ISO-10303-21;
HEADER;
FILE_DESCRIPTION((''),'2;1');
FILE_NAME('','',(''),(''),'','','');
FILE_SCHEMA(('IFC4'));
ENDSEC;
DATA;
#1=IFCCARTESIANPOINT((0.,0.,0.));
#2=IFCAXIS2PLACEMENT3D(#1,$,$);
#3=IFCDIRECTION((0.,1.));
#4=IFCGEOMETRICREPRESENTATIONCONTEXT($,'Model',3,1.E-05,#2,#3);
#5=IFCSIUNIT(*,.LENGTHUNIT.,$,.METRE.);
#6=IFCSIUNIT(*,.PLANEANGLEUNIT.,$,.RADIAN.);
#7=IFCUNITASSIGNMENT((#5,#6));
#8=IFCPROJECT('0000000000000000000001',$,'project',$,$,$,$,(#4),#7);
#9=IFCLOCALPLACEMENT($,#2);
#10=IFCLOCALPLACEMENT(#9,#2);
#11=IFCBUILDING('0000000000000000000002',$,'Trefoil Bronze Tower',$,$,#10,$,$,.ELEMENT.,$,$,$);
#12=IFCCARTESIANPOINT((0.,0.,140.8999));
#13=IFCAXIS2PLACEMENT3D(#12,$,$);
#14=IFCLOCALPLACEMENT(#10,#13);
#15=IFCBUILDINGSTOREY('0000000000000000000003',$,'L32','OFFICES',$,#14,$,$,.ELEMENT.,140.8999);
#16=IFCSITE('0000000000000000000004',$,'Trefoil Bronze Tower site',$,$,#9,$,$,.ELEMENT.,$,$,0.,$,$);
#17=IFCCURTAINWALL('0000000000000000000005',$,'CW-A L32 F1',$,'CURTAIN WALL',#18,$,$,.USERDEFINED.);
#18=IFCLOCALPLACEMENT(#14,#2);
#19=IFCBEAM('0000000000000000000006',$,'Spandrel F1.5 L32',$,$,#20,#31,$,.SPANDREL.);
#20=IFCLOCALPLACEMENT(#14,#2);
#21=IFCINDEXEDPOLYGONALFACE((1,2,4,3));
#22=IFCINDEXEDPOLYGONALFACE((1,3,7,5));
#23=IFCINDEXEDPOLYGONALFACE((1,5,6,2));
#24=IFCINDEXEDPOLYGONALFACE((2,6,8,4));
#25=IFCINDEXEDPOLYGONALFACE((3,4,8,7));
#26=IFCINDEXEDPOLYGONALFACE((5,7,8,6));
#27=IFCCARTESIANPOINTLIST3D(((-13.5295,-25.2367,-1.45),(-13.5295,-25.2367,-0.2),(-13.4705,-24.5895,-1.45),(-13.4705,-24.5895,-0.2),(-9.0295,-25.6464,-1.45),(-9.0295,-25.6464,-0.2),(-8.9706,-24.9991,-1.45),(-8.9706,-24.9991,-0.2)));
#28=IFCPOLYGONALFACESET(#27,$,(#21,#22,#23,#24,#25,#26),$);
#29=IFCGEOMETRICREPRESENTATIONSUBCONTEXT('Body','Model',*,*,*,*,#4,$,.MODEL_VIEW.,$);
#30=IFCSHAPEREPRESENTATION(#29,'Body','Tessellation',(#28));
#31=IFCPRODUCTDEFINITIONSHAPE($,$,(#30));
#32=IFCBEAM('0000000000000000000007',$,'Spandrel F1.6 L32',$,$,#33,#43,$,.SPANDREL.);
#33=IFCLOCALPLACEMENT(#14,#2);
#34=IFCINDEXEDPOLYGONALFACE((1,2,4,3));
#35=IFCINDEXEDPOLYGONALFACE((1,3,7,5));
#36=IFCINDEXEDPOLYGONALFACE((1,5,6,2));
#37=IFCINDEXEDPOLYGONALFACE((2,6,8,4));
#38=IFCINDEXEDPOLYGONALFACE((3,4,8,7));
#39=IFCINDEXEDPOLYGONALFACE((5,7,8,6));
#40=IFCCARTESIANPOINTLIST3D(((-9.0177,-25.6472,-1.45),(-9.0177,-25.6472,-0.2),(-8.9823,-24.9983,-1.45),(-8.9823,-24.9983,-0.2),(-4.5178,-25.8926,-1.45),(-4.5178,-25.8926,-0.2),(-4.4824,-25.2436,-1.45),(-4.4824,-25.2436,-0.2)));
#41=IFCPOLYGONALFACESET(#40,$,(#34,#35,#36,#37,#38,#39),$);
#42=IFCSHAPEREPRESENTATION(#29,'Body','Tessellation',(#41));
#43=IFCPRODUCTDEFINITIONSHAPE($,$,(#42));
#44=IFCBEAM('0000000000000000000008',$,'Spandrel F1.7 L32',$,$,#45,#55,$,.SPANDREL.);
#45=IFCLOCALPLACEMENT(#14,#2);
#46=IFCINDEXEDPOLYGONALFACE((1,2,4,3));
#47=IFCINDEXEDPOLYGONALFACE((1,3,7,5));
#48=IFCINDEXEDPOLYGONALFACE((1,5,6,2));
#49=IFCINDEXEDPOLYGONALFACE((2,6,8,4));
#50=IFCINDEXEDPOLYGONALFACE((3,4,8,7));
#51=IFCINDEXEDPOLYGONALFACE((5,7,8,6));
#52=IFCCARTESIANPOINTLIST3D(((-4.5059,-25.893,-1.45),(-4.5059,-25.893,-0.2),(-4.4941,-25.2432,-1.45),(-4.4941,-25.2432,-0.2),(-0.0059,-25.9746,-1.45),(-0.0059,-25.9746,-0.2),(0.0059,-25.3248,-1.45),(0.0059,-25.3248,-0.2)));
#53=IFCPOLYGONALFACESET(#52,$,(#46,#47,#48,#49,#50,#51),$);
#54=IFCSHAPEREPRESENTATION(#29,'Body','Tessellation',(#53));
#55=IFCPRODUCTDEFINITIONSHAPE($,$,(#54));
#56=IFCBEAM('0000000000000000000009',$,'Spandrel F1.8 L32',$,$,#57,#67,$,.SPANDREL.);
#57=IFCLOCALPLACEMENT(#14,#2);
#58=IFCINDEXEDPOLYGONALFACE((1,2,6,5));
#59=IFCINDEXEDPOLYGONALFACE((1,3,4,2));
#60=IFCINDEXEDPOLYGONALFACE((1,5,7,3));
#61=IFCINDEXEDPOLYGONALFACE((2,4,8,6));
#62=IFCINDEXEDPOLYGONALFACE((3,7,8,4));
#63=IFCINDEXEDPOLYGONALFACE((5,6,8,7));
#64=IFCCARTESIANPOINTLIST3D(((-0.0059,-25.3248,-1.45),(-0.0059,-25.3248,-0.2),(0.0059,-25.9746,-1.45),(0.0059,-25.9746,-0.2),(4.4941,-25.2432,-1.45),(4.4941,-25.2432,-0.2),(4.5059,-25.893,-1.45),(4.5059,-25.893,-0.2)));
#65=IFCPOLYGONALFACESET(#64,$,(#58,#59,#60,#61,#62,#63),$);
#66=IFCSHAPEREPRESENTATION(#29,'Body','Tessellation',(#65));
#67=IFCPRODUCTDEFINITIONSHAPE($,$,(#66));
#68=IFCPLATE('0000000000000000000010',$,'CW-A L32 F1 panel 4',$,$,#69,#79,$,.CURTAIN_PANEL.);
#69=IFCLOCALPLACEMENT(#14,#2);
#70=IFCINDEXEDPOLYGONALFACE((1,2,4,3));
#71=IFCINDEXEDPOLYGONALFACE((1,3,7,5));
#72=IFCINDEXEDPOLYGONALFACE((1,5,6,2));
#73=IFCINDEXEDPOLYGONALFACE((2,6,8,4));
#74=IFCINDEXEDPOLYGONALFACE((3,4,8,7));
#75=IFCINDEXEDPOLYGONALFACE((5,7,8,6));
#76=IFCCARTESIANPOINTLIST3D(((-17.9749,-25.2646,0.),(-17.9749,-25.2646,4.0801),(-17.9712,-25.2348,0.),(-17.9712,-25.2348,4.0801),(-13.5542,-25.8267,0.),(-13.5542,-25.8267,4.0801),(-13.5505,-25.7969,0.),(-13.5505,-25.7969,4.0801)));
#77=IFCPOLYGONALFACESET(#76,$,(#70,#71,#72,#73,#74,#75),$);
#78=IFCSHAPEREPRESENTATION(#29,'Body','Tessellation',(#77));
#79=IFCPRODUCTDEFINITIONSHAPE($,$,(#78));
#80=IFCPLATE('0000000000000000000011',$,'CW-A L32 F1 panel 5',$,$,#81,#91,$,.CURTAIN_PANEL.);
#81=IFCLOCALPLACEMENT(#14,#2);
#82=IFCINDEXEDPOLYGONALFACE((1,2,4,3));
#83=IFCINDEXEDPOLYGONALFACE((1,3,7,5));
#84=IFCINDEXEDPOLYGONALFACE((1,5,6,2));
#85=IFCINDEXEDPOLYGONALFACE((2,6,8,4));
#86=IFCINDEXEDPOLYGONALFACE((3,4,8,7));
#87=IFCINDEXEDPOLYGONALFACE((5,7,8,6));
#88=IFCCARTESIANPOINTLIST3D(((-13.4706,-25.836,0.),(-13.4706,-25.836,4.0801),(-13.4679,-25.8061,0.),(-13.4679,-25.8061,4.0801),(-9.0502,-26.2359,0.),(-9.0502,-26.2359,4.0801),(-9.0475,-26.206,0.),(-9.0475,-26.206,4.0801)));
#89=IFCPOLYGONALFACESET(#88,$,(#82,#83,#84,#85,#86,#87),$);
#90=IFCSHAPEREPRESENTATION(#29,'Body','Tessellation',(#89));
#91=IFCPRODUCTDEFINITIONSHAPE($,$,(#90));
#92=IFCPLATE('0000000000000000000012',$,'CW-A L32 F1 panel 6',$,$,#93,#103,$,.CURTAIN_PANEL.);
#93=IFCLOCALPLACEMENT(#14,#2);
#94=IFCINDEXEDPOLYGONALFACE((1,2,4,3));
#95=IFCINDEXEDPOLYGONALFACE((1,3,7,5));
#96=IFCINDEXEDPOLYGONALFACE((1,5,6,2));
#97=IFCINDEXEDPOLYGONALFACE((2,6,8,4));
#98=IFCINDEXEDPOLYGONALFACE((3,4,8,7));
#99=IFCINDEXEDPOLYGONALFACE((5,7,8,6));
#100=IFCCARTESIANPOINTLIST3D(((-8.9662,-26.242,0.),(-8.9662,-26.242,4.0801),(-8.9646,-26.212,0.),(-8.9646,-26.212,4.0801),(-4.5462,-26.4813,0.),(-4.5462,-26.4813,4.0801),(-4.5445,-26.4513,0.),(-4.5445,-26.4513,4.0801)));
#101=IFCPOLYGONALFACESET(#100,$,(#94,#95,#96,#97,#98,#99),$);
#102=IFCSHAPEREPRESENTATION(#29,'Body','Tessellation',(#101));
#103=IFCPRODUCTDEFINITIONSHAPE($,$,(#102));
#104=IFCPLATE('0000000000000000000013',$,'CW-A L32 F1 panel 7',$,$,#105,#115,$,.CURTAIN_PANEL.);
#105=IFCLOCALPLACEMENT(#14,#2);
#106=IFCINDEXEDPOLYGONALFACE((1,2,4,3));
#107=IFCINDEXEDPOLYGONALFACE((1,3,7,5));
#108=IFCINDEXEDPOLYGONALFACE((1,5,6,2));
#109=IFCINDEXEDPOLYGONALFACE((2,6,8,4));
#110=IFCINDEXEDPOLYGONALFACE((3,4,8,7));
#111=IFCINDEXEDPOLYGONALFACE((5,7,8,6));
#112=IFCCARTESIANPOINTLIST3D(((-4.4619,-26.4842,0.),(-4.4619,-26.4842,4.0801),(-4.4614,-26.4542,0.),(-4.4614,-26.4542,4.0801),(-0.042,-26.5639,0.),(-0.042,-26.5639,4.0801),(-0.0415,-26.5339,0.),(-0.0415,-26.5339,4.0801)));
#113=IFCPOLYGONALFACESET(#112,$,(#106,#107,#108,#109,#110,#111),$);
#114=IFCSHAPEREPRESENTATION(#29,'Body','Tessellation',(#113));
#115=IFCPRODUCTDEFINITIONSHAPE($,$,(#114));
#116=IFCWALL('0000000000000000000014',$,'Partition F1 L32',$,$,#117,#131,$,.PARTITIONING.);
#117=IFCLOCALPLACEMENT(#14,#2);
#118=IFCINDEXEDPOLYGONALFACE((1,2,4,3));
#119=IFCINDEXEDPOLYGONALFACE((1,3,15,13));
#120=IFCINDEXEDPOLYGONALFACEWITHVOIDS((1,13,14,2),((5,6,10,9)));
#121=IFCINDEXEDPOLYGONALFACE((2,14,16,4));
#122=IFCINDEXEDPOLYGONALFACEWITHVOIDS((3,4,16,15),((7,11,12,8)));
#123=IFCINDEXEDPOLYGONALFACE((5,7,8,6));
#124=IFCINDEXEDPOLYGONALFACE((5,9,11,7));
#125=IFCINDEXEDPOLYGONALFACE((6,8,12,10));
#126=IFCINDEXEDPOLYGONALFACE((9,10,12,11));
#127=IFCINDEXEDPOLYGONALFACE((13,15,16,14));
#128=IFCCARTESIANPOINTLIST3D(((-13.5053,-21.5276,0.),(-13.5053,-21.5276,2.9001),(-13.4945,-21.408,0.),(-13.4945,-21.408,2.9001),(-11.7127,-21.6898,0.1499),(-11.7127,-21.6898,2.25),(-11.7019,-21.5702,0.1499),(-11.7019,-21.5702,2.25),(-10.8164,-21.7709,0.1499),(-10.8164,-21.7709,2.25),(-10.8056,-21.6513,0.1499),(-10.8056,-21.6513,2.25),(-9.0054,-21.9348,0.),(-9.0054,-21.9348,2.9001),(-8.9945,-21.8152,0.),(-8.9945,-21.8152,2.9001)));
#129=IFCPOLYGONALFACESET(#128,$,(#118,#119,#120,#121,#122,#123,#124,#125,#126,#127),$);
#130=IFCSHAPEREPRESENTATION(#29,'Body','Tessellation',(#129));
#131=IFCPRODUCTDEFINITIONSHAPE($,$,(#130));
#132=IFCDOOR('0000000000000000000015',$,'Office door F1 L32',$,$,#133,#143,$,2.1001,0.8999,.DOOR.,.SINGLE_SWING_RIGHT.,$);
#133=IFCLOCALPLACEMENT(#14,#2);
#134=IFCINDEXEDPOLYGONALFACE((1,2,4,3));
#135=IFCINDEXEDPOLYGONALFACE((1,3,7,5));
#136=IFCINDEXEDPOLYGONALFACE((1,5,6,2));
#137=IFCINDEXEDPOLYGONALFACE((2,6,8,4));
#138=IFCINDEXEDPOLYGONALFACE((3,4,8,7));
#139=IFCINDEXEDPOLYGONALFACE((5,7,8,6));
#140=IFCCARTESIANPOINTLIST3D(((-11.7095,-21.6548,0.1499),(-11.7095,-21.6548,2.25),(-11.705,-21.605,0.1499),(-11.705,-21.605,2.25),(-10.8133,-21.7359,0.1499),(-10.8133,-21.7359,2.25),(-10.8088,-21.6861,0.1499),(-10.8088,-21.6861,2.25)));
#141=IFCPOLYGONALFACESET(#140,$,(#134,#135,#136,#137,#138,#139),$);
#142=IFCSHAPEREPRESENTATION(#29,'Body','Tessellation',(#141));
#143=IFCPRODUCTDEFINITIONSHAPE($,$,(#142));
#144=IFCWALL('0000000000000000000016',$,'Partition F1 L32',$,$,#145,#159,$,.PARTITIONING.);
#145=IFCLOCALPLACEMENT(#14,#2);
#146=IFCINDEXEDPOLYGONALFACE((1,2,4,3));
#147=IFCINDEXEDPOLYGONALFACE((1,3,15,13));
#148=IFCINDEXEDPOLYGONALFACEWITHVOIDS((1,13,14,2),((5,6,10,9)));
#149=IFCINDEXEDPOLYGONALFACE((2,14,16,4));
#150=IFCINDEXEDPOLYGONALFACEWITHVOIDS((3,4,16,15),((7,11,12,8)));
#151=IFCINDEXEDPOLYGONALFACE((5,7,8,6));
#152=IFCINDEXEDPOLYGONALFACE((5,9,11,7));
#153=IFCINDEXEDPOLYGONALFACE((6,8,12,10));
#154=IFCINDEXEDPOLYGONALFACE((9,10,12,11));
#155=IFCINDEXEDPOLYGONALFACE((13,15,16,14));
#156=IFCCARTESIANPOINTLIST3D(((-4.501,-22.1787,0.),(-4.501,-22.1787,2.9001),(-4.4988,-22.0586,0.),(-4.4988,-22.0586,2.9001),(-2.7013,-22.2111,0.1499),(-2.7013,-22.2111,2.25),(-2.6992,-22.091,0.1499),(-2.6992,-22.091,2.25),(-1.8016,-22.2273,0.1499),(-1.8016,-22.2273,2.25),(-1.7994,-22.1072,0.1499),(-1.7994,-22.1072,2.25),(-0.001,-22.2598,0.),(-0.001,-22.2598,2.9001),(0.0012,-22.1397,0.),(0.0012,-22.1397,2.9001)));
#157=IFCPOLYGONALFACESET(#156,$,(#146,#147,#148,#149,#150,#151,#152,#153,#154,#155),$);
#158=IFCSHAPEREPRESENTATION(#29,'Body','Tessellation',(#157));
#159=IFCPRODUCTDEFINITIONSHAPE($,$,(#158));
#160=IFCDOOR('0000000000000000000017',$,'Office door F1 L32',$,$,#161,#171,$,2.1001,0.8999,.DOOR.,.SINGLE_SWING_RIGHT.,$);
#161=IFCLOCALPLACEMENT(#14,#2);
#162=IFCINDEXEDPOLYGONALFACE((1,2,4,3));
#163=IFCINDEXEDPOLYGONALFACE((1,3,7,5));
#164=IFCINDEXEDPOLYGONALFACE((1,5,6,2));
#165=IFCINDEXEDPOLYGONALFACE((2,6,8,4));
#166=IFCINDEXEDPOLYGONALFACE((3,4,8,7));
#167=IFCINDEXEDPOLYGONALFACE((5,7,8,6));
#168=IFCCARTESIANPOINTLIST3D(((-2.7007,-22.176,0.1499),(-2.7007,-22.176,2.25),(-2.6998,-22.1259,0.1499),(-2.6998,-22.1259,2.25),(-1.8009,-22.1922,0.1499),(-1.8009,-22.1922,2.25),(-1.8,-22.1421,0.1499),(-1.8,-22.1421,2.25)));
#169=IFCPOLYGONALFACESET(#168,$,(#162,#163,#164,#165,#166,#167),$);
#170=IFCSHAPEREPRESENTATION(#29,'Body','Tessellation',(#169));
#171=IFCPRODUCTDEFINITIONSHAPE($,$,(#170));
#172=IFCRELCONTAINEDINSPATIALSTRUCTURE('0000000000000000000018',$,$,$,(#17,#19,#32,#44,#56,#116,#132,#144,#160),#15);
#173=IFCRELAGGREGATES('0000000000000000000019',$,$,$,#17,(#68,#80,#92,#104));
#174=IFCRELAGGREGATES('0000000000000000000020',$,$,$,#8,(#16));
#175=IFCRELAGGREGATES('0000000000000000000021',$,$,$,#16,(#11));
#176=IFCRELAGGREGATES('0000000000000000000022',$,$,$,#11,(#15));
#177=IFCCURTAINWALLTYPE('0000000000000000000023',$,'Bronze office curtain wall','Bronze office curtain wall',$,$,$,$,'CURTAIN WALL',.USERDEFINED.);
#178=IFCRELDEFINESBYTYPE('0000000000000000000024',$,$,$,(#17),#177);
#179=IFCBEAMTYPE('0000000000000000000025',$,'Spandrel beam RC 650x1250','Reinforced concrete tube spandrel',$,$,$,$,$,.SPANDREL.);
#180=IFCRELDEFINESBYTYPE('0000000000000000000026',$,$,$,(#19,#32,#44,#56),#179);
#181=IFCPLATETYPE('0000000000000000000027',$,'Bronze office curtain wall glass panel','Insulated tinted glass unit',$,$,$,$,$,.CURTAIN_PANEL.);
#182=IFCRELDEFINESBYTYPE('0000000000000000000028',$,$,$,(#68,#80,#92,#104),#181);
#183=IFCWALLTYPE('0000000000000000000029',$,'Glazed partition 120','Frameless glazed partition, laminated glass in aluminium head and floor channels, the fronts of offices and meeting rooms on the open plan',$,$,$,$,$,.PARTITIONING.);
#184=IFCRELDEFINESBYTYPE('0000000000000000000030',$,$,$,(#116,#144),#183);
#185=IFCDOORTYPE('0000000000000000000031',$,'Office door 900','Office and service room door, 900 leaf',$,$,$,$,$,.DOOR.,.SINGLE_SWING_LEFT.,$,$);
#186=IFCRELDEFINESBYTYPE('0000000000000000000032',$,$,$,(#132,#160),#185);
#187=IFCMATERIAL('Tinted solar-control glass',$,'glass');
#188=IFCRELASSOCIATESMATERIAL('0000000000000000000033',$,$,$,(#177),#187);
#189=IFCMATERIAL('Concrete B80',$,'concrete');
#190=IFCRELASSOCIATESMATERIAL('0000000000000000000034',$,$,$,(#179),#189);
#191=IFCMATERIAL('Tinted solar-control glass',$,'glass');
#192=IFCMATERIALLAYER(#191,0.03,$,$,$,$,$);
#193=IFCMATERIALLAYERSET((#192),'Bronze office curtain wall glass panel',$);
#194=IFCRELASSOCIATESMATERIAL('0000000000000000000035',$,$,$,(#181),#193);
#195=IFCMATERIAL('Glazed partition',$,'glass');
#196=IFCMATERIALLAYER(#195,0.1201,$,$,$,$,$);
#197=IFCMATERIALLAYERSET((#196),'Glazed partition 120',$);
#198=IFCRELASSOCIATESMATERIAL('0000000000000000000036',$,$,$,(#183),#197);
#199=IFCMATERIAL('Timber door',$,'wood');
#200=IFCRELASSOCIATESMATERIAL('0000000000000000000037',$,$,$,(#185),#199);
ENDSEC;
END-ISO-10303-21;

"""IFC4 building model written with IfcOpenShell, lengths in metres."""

from ifc_helpers import new_model, si_unit, direction, frame, frame_2d, origin, origin_2d, place, context, subcontext, project, spatial, rectangle, extrude, material, layer, layer_set, material_profile, profile_set, type_object, element, fill, aggregate, save


model = new_model("IFC4")

# Units and contexts
model_context = context("Model", 3, precision=1e-05, world=origin(), true_north=direction((0.0, 1.0)))
body_context = subcontext(model_context, "Body", "Model", "MODEL_VIEW")
ifc_project = project(units=[si_unit("LENGTHUNIT", "METRE"), si_unit("PLANEANGLEUNIT", "RADIAN")], contexts=[model_context])

# Site, building, storey
site_placement = place(None, origin())
site = spatial("IfcSite", under=ifc_project, at=site_placement, Name="Trefoil Bronze Tower site", CompositionType="ELEMENT", RefElevation=0.0)
building_placement = place(site_placement, origin())
building = spatial("IfcBuilding", under=site, at=building_placement, Name="Trefoil Bronze Tower", CompositionType="ELEMENT")
storey_placement = place(building_placement, frame((0.0, 0.0, 140.8999)))
storey = spatial("IfcBuildingStorey", under=building, at=storey_placement, Name="L32", Description="OFFICES", CompositionType="ELEMENT", Elevation=140.8999)

# Curtain wall
ifc_material_1 = material(Name="Tinted solar-control glass", Category="glass")
curtain_wall_type = type_object("IfcCurtainWallType", Name="Bronze office curtain wall", Description="Bronze office curtain wall", ElementType="CURTAIN WALL", PredefinedType="USERDEFINED", material=ifc_material_1)
curtain_wall_placement = place(storey_placement, origin())
curtain_wall = element("IfcCurtainWall", 1, at=curtain_wall_placement, inside=storey, type_object=curtain_wall_type, Name="CW-A L32 F1", ObjectType="CURTAIN WALL", PredefinedType="USERDEFINED")

# Beams
ifc_material_2 = material(Name="Concrete B80", Category="concrete")
ifc_material_profile_1 = material_profile(ifc_material_2, rectangle(XDim=0.6499, YDim=1.25, at=origin_2d()), Name="RC 650x1250")
ifc_profile_set_1 = profile_set([ifc_material_profile_1], Name="Concrete B80")
beam_type_1 = type_object("IfcBeamType", Name="Spandrel beam RC 650x1250", Description="Reinforced concrete tube spandrel", PredefinedType="SPANDREL", material=ifc_profile_set_1)
beam_1_placement = place(storey_placement, frame((-13.5, -24.9131, -0.825), z_axis=(0.995882, -0.090662, 0.0), x_axis=(0.090662, 0.995882, 0.0)))
element("IfcBeam", 2, at=beam_1_placement, inside=storey, type_object=beam_type_1, Name="Spandrel F1.5 L32", PredefinedType="SPANDREL", context=body_context, shape_type="SweptSolid", body=[
    extrude(rectangle(XDim=0.6499, YDim=1.25, at=origin_2d()), origin(), (0.0, 0.0, 1.0), 4.5186),
])
beam_2_placement = place(storey_placement, frame((-9.0, -25.3228, -0.825), z_axis=(0.998517, -0.054444, 0.0), x_axis=(0.054444, 0.998517, 0.0)))
element("IfcBeam", 3, at=beam_2_placement, inside=storey, type_object=beam_type_1, Name="Spandrel F1.6 L32", PredefinedType="SPANDREL", context=body_context, shape_type="SweptSolid", body=[
    extrude(rectangle(XDim=0.6499, YDim=1.25, at=origin_2d()), origin(), (0.0, 0.0, 1.0), 4.5066),
])
for number, where, z_axis, x_axis, name in (
    (4, (-4.5, -25.5681, -0.825), (0.999836, -0.018118, 0.0), (0.018118, 0.999836, 0.0), "Spandrel F1.7 L32"),
    (5, (0.0, -25.6497, -0.825), (0.999836, 0.018118, 0.0), (-0.018118, 0.999836, 0.0), "Spandrel F1.8 L32"),
):
    element("IfcBeam", number, at=place(storey_placement, frame(where, z_axis=z_axis, x_axis=x_axis)), inside=storey, type_object=beam_type_1, Name=name, PredefinedType="SPANDREL", context=body_context, shape_type="SweptSolid", body=[
        extrude(rectangle(XDim=0.6499, YDim=1.25, at=origin_2d()), origin(), (0.0, 0.0, 1.0), 4.5007),
    ])

# Plates
ifc_material_3 = material(Name="Tinted solar-control glass", Category="glass")
ifc_layer_1 = layer(ifc_material_3, 0.03)
ifc_layer_set_1 = layer_set([ifc_layer_1], Name="Bronze office curtain wall glass panel")
plate_type = type_object("IfcPlateType", Name="Bronze office curtain wall glass panel", Description="Insulated tinted glass unit", PredefinedType="CURTAIN_PANEL", material=ifc_layer_set_1)
plate_1_placement = place(storey_placement, frame((-15.7627, -25.5308, 0.0), z_axis=(0.0, 0.0, 1.0), x_axis=(0.992012, -0.126147, 0.0)))
plate_1 = element("IfcPlate", 6, at=plate_1_placement, type_object=plate_type, Name="CW-A L32 F1 panel 4", PredefinedType="CURTAIN_PANEL", context=body_context, shape_type="SweptSolid", body=[
    extrude(rectangle(XDim=4.4563, YDim=0.03, at=origin_2d()), origin(), (0.0, 0.0, 1.0), 4.0801),
])
plate_2_placement = place(storey_placement, frame((-11.259, -26.021, 0.0), z_axis=(0.0, 0.0, 1.0), x_axis=(0.995932, -0.090105, 0.0)))
plate_2 = element("IfcPlate", 7, at=plate_2_placement, type_object=plate_type, Name="CW-A L32 F1 panel 5", PredefinedType="CURTAIN_PANEL", context=body_context, shape_type="SweptSolid", body=[
    extrude(rectangle(XDim=4.4385, YDim=0.03, at=origin_2d()), origin(), (0.0, 0.0, 1.0), 4.0801),
])
plate_3_placement = place(storey_placement, frame((-6.7554, -26.3467, 0.0), z_axis=(0.0, 0.0, 1.0), x_axis=(0.998538, -0.054063, 0.0)))
plate_3 = element("IfcPlate", 8, at=plate_3_placement, type_object=plate_type, Name="CW-A L32 F1 panel 6", PredefinedType="CURTAIN_PANEL", context=body_context, shape_type="SweptSolid", body=[
    extrude(rectangle(XDim=4.4265, YDim=0.03, at=origin_2d()), origin(), (0.0, 0.0, 1.0), 4.0801),
])
plate_4_placement = place(storey_placement, frame((-2.2517, -26.509, 0.0), z_axis=(0.0, 0.0, 1.0), x_axis=(0.999838, -0.018021, 0.0)))
plate_4 = element("IfcPlate", 9, at=plate_4_placement, type_object=plate_type, Name="CW-A L32 F1 panel 7", PredefinedType="CURTAIN_PANEL", context=body_context, shape_type="SweptSolid", body=[
    extrude(rectangle(XDim=4.4207, YDim=0.03, at=origin_2d()), origin(), (0.0, 0.0, 1.0), 4.0801),
])
aggregate(curtain_wall, [plate_1, plate_2, plate_3, plate_4])

# Walls, openings, doors
ifc_material_4 = material(Name="Glazed partition", Category="glass")
ifc_layer_2 = layer(ifc_material_4, 0.1201)
ifc_layer_set_2 = layer_set([ifc_layer_2], Name="Glazed partition 120")
wall_type = type_object("IfcWallType", Name="Glazed partition 120", Description="Frameless glazed partition, laminated glass in aluminium head and floor channels, the fronts of offices and meeting rooms on the open plan", PredefinedType="PARTITIONING", material=ifc_layer_set_2)
wall_1_placement = place(storey_placement, frame((-13.5, -21.4678, 0.0), z_axis=(0.0, 0.0, 1.0), x_axis=(0.99593, -0.090127, 0.0)))
wall_1 = element("IfcWall", 10, at=wall_1_placement, inside=storey, type_object=wall_type, Name="Partition F1 L32", PredefinedType="PARTITIONING", context=body_context, shape_type="SweptSolid", body=[
    extrude(rectangle(XDim=4.5183, YDim=0.1201, at=frame_2d((2.2593, 0.0))), origin(), (0.0, 0.0, 1.0), 2.9001),
])
opening_1_placement = place(wall_1_placement, frame((1.8, 0.0, 0.1499)))
opening_1 = element("IfcOpeningElement", 11, at=opening_1_placement, cuts=wall_1, PredefinedType="OPENING", context=body_context, shape_type="SweptSolid", body=[
    extrude(rectangle(XDim=0.8999, YDim=2.1001, at=frame_2d((0.45, 1.05))), frame((0.0, 0.0701, 0.0), z_axis=(0.0, -1.0, 0.0), x_axis=(1.0, 0.0, 0.0)), (0.0, 0.0, 1.0), 0.1401),
])
ifc_material_5 = material(Name="Timber door", Category="wood")
door_type = type_object("IfcDoorType", Name="Office door 900", Description="Office and service room door, 900 leaf", OperationType="SINGLE_SWING_LEFT", PredefinedType="DOOR", material=ifc_material_5)
door_1_placement = place(opening_1_placement, frame((0.8999, 0.0, 0.0), z_axis=(0.0, 0.0, 1.0), x_axis=(-1.0, 0.0, 0.0)))
door_1 = element("IfcDoor", 12, at=door_1_placement, inside=storey, type_object=door_type, Name="Office door F1 L32", OperationType="SINGLE_SWING_RIGHT", OverallHeight=2.1001, OverallWidth=0.8999, PredefinedType="DOOR", context=body_context, shape_type="SweptSolid", body=[
    extrude(rectangle(XDim=0.8999, YDim=2.1001, at=frame_2d((0.45, 1.05))), frame((0.0, 0.0249, 0.0), z_axis=(0.0, -1.0, 0.0), x_axis=(1.0, 0.0, 0.0)), (0.0, 0.0, 1.0), 0.05),
])
fill(opening_1, door_1)
wall_2_placement = place(storey_placement, frame((-4.5, -22.1187, 0.0), z_axis=(0.0, 0.0, 1.0), x_axis=(0.999838, -0.018009, 0.0)))
wall_2 = element("IfcWall", 13, at=wall_2_placement, inside=storey, type_object=wall_type, Name="Partition F1 L32", PredefinedType="PARTITIONING", context=body_context, shape_type="SweptSolid", body=[
    extrude(rectangle(XDim=4.5007, YDim=0.1201, at=frame_2d((2.2505, 0.0))), origin(), (0.0, 0.0, 1.0), 2.9001),
])
opening_2_placement = place(wall_2_placement, frame((1.8, 0.0, 0.1499)))
opening_2 = element("IfcOpeningElement", 14, at=opening_2_placement, cuts=wall_2, PredefinedType="OPENING", context=body_context, shape_type="SweptSolid", body=[
    extrude(rectangle(XDim=0.8999, YDim=2.1001, at=frame_2d((0.45, 1.05))), frame((0.0, 0.0701, 0.0), z_axis=(0.0, -1.0, 0.0), x_axis=(1.0, 0.0, 0.0)), (0.0, 0.0, 1.0), 0.1401),
])
door_2_placement = place(opening_2_placement, frame((0.8999, 0.0, 0.0), z_axis=(0.0, 0.0, 1.0), x_axis=(-1.0, 0.0, 0.0)))
door_2 = element("IfcDoor", 15, at=door_2_placement, inside=storey, type_object=door_type, Name="Office door F1 L32", OperationType="SINGLE_SWING_RIGHT", OverallHeight=2.1001, OverallWidth=0.8999, PredefinedType="DOOR", context=body_context, shape_type="SweptSolid", body=[
    extrude(rectangle(XDim=0.8999, YDim=2.1001, at=frame_2d((0.45, 1.05))), frame((0.0, 0.0249, 0.0), z_axis=(0.0, -1.0, 0.0), x_axis=(1.0, 0.0, 0.0)), (0.0, 0.0, 1.0), 0.05),
])
fill(opening_2, door_2)

save(model, "model.ifc")
